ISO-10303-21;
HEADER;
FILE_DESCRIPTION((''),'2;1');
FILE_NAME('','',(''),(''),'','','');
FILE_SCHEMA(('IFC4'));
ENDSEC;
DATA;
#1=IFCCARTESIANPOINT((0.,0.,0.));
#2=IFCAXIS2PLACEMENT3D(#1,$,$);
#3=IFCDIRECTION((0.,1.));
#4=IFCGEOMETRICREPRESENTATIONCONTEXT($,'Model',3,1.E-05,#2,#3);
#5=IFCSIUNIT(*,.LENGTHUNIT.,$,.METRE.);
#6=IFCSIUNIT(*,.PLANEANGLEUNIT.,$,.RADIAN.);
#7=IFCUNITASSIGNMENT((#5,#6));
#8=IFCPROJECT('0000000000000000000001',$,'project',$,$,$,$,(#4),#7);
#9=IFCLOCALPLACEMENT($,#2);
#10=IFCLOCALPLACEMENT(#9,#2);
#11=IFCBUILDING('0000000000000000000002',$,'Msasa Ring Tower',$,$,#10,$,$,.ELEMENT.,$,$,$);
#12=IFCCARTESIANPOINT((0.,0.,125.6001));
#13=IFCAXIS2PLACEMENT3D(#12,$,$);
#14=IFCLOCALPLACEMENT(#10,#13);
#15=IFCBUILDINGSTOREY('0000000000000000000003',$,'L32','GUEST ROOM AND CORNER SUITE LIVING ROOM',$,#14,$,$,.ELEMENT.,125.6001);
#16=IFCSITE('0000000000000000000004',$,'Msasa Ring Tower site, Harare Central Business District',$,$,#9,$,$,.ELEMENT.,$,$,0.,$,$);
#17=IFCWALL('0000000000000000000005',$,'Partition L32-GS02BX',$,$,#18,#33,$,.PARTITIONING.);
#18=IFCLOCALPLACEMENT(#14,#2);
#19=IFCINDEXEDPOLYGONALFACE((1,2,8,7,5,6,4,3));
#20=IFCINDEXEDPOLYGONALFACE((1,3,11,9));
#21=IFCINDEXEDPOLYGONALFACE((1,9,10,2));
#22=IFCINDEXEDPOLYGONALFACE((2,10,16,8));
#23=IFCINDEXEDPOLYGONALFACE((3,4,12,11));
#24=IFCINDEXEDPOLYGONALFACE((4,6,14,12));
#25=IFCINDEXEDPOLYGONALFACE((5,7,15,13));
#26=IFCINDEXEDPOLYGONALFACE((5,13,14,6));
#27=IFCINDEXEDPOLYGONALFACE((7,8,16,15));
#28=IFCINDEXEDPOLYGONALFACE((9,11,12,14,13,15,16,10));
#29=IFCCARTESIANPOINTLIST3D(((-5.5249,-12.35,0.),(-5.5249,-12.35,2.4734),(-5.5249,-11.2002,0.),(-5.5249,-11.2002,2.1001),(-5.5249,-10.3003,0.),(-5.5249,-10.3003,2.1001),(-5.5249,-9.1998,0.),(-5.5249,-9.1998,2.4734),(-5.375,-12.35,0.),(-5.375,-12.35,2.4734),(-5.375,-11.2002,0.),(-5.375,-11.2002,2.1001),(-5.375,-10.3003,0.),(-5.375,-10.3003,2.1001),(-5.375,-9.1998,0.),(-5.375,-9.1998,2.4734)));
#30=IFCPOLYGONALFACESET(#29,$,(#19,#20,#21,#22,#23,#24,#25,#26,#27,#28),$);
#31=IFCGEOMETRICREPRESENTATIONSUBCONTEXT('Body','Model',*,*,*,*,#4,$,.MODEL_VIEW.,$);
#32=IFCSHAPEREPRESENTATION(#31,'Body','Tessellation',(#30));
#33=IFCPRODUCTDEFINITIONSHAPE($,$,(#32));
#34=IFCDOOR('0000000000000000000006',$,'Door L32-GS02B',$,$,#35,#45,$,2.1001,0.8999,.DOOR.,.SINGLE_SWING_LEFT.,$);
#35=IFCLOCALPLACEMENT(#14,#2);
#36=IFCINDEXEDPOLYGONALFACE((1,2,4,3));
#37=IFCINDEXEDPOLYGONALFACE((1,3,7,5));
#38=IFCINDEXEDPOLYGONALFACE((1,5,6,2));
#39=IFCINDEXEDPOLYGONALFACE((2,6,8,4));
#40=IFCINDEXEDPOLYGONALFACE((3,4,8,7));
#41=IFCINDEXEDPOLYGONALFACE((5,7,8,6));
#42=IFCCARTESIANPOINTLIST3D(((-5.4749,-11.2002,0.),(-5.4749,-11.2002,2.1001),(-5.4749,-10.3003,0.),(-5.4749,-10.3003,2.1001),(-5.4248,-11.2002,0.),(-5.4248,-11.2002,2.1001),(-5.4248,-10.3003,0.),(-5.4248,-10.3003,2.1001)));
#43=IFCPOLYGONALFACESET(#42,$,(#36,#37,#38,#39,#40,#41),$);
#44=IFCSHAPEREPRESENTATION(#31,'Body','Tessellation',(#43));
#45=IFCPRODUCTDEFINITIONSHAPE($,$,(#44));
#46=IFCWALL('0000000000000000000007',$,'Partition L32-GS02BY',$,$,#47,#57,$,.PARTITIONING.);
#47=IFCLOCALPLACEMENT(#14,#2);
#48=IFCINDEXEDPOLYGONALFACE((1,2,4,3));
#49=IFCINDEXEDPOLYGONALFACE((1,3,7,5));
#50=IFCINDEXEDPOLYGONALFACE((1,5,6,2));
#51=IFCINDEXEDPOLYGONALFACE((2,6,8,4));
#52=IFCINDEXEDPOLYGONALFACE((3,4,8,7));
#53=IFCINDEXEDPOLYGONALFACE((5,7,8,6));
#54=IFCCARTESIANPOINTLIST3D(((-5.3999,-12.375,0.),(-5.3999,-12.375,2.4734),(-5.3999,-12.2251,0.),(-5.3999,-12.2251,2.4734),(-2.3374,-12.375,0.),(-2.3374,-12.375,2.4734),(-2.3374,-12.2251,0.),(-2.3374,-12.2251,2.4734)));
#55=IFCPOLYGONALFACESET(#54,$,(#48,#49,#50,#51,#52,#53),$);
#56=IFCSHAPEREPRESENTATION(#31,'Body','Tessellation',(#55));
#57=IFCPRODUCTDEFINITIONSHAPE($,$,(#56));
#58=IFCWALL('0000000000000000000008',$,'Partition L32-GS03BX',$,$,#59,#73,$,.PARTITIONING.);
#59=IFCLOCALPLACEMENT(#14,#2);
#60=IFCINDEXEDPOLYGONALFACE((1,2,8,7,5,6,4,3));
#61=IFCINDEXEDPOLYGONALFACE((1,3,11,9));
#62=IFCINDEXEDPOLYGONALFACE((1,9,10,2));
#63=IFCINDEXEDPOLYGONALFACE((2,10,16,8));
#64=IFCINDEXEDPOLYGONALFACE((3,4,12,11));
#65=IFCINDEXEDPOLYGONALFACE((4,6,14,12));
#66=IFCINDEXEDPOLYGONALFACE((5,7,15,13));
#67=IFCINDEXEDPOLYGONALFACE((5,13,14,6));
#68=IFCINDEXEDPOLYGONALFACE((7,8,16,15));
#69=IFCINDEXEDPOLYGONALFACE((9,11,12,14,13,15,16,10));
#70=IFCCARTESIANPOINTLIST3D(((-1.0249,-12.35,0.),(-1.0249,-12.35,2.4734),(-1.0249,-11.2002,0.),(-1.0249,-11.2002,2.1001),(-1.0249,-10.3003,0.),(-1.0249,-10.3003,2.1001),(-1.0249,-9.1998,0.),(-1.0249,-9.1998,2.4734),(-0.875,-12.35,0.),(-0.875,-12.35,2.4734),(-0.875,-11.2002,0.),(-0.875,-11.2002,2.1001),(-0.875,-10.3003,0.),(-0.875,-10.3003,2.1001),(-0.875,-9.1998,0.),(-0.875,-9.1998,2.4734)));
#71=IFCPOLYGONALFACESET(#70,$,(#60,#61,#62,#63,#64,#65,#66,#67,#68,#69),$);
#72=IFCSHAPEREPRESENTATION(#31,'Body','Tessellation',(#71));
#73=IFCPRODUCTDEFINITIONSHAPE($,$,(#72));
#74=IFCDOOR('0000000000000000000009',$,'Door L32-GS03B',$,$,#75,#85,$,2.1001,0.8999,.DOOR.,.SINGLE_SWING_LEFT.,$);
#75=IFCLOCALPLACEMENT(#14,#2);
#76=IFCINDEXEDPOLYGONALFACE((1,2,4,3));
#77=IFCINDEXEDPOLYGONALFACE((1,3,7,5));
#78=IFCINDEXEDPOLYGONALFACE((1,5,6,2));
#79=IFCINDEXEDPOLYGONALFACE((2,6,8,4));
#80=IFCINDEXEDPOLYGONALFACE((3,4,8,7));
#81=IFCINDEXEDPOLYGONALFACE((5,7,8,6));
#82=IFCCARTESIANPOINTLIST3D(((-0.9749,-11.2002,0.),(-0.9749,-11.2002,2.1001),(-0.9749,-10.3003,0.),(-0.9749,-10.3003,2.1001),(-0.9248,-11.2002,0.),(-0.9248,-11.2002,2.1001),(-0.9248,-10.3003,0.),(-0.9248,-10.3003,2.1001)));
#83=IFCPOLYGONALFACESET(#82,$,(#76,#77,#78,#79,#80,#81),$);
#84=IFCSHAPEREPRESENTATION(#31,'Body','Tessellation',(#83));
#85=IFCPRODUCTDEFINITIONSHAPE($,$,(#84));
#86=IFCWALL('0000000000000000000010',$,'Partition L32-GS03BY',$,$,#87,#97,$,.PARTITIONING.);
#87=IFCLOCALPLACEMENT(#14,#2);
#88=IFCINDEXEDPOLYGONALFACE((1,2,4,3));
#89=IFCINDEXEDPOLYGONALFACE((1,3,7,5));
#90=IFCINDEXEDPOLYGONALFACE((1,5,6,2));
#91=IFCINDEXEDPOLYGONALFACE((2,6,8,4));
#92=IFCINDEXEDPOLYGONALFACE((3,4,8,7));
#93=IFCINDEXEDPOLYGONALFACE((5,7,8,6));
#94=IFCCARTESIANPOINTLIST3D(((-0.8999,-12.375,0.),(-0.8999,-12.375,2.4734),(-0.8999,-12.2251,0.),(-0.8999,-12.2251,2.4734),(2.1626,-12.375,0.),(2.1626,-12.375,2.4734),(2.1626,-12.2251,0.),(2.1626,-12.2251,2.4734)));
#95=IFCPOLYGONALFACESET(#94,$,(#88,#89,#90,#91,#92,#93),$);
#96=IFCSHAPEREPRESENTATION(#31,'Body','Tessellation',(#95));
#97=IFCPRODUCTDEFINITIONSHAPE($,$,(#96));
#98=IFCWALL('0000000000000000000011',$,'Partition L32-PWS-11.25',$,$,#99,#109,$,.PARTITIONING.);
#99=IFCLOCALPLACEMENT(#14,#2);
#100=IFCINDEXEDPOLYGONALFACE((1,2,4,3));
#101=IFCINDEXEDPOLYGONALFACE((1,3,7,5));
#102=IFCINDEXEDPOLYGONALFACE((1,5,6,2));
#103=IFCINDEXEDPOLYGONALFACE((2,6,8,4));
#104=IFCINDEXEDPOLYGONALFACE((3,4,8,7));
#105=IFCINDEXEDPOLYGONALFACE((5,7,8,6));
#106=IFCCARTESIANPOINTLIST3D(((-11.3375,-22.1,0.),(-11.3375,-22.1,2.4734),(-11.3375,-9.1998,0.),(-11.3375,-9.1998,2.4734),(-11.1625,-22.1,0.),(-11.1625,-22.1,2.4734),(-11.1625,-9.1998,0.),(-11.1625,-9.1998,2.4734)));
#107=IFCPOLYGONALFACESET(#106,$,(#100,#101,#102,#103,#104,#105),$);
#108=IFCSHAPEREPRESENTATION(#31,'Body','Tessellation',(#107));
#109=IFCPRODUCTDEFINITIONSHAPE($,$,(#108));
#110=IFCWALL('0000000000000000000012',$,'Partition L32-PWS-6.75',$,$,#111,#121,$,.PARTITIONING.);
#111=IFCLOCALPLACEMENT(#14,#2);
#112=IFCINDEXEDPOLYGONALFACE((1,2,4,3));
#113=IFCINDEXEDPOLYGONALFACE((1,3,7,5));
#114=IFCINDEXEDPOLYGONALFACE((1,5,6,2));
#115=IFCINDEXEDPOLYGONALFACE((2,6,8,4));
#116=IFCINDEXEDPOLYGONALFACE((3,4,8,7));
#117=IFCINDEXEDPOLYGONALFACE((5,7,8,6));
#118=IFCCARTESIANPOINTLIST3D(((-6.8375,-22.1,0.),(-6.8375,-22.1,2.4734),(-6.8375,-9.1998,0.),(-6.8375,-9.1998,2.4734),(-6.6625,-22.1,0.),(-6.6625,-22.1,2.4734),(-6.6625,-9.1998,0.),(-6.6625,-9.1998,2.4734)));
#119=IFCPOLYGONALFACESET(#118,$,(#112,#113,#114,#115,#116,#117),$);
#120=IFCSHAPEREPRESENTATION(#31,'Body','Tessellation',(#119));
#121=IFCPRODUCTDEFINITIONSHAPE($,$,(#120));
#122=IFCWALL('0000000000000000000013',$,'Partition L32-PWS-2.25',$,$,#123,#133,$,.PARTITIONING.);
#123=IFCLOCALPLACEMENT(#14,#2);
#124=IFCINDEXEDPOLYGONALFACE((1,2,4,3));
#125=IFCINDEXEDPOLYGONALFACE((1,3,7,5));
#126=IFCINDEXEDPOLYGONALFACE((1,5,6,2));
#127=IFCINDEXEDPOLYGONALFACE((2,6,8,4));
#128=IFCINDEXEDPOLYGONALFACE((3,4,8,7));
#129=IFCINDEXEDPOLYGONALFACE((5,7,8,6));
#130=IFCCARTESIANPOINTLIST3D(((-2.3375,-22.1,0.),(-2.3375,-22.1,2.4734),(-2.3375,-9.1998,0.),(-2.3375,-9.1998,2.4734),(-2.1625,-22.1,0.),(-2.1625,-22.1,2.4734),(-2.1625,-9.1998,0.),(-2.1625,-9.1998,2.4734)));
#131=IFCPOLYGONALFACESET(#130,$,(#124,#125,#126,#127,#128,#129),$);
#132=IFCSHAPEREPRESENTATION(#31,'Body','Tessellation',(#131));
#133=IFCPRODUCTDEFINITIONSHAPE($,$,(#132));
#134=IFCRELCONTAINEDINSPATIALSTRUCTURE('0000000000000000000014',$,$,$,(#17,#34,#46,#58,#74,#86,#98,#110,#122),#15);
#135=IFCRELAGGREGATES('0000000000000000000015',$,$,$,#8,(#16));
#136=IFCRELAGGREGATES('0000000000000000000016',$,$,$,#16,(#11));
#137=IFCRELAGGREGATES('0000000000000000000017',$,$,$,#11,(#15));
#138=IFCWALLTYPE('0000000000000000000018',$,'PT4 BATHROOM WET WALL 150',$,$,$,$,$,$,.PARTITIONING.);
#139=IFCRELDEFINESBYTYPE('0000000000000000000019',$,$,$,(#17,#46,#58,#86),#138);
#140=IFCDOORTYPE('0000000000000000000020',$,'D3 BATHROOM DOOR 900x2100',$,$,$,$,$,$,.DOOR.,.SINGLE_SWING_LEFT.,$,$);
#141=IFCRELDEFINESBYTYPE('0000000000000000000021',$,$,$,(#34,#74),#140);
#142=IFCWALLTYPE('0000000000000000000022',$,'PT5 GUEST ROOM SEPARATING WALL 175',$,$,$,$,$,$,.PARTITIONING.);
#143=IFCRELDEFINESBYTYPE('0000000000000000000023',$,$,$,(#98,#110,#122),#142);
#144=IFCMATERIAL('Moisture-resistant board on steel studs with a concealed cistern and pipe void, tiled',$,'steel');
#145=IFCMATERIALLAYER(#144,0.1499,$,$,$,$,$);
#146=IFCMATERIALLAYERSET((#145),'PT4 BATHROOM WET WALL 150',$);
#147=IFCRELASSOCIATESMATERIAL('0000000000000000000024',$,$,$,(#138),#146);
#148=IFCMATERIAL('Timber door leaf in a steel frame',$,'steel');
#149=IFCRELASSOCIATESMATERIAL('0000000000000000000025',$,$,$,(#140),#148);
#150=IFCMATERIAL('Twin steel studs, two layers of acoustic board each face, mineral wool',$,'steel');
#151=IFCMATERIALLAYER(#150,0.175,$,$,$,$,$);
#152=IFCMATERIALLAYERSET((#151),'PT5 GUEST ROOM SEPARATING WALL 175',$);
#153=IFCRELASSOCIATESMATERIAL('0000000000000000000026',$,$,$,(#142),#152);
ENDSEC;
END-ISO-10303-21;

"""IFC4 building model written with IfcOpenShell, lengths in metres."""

from ifc_helpers import new_model, si_unit, direction, frame, frame_2d, origin, place, context, subcontext, project, spatial, rectangle, extrude, material, layer, layer_set, type_object, element, fill, save


model = new_model("IFC4")

# Units and contexts
model_context = context("Model", 3, precision=1e-05, world=origin(), true_north=direction((0.0, 1.0)))
body_context = subcontext(model_context, "Body", "Model", "MODEL_VIEW")
ifc_project = project(units=[si_unit("LENGTHUNIT", "METRE"), si_unit("PLANEANGLEUNIT", "RADIAN")], contexts=[model_context])

# Site, building, storey
site_placement = place(None, origin())
site = spatial("IfcSite", under=ifc_project, at=site_placement, Name="Msasa Ring Tower site, Harare Central Business District", CompositionType="ELEMENT", RefElevation=0.0)
building_placement = place(site_placement, origin())
building = spatial("IfcBuilding", under=site, at=building_placement, Name="Msasa Ring Tower", CompositionType="ELEMENT")
storey_placement = place(building_placement, frame((0.0, 0.0, 125.6001)))
storey = spatial("IfcBuildingStorey", under=building, at=storey_placement, Name="L32", Description="GUEST ROOM AND CORNER SUITE LIVING ROOM", CompositionType="ELEMENT", Elevation=125.6001)

# Shared definitions
ifc_material_1 = material(Name="Moisture-resistant board on steel studs with a concealed cistern and pipe void, tiled", Category="steel")
ifc_layer_1 = layer(ifc_material_1, 0.1499)
ifc_layer_set_1 = layer_set([ifc_layer_1], Name="PT4 BATHROOM WET WALL 150")
wall_type_1 = type_object("IfcWallType", Name="PT4 BATHROOM WET WALL 150", PredefinedType="PARTITIONING", material=ifc_layer_set_1)
ifc_material_2 = material(Name="Timber door leaf in a steel frame", Category="steel")
door_type = type_object("IfcDoorType", Name="D3 BATHROOM DOOR 900x2100", OperationType="SINGLE_SWING_LEFT", PredefinedType="DOOR", material=ifc_material_2)

# Wall, opening, door
wall_1_placement = place(storey_placement, frame((-5.45, -12.3501, 0.0), z_axis=(0.0, 0.0, 1.0), x_axis=(0.0, 1.0, 0.0)))
wall_1 = element("IfcWall", 1, at=wall_1_placement, inside=storey, type_object=wall_type_1, Name="Partition L32-GS02BX", PredefinedType="PARTITIONING", context=body_context, shape_type="SweptSolid", body=[
    extrude(rectangle(XDim=3.1501, YDim=0.1499, at=frame_2d((1.5752, 0.0))), origin(), (0.0, 0.0, 1.0), 2.4734),
])
opening_1_placement = place(wall_1_placement, frame((1.1499, 0.0, 0.0)))
opening_1 = element("IfcOpeningElement", 2, at=opening_1_placement, cuts=wall_1, PredefinedType="OPENING", context=body_context, shape_type="SweptSolid", body=[
    extrude(rectangle(XDim=0.8999, YDim=2.1001, at=frame_2d((0.45, 1.05))), frame((0.0, 0.085, 0.0), z_axis=(0.0, -1.0, 0.0), x_axis=(1.0, 0.0, 0.0)), (0.0, 0.0, 1.0), 0.1699),
])
door_1_placement = place(opening_1_placement, origin())
door_1 = element("IfcDoor", 3, at=door_1_placement, inside=storey, type_object=door_type, Name="Door L32-GS02B", OperationType="SINGLE_SWING_LEFT", OverallHeight=2.1001, OverallWidth=0.8999, PredefinedType="DOOR", context=body_context, shape_type="SweptSolid", body=[
    extrude(rectangle(XDim=0.8999, YDim=2.1001, at=frame_2d((0.45, 1.05))), frame((0.0, 0.0249, 0.0), z_axis=(0.0, -1.0, 0.0), x_axis=(1.0, 0.0, 0.0)), (0.0, 0.0, 1.0), 0.05),
])
fill(opening_1, door_1)

# Wall
wall_2_placement = place(storey_placement, frame((-5.3999, -12.3, 0.0), z_axis=(0.0, 0.0, 1.0), x_axis=(1.0, 0.0, 0.0)))
element("IfcWall", 4, at=wall_2_placement, inside=storey, type_object=wall_type_1, Name="Partition L32-GS02BY", PredefinedType="PARTITIONING", context=body_context, shape_type="SweptSolid", body=[
    extrude(rectangle(XDim=3.0625, YDim=0.1499, at=frame_2d((1.5312, 0.0))), origin(), (0.0, 0.0, 1.0), 2.4734),
])

# Wall, opening, door
wall_3_placement = place(storey_placement, frame((-0.95, -12.3501, 0.0), z_axis=(0.0, 0.0, 1.0), x_axis=(0.0, 1.0, 0.0)))
wall_3 = element("IfcWall", 5, at=wall_3_placement, inside=storey, type_object=wall_type_1, Name="Partition L32-GS03BX", PredefinedType="PARTITIONING", context=body_context, shape_type="SweptSolid", body=[
    extrude(rectangle(XDim=3.1501, YDim=0.1499, at=frame_2d((1.5752, 0.0))), origin(), (0.0, 0.0, 1.0), 2.4734),
])
opening_2_placement = place(wall_3_placement, frame((1.1499, 0.0, 0.0)))
opening_2 = element("IfcOpeningElement", 6, at=opening_2_placement, cuts=wall_3, PredefinedType="OPENING", context=body_context, shape_type="SweptSolid", body=[
    extrude(rectangle(XDim=0.8999, YDim=2.1001, at=frame_2d((0.45, 1.05))), frame((0.0, 0.085, 0.0), z_axis=(0.0, -1.0, 0.0), x_axis=(1.0, 0.0, 0.0)), (0.0, 0.0, 1.0), 0.1699),
])
door_2_placement = place(opening_2_placement, origin())
door_2 = element("IfcDoor", 7, at=door_2_placement, inside=storey, type_object=door_type, Name="Door L32-GS03B", OperationType="SINGLE_SWING_LEFT", OverallHeight=2.1001, OverallWidth=0.8999, PredefinedType="DOOR", context=body_context, shape_type="SweptSolid", body=[
    extrude(rectangle(XDim=0.8999, YDim=2.1001, at=frame_2d((0.45, 1.05))), frame((0.0, 0.0249, 0.0), z_axis=(0.0, -1.0, 0.0), x_axis=(1.0, 0.0, 0.0)), (0.0, 0.0, 1.0), 0.05),
])
fill(opening_2, door_2)

# Walls
wall_4_placement = place(storey_placement, frame((-0.8999, -12.3, 0.0), z_axis=(0.0, 0.0, 1.0), x_axis=(1.0, 0.0, 0.0)))
element("IfcWall", 8, at=wall_4_placement, inside=storey, type_object=wall_type_1, Name="Partition L32-GS03BY", PredefinedType="PARTITIONING", context=body_context, shape_type="SweptSolid", body=[
    extrude(rectangle(XDim=3.0625, YDim=0.1499, at=frame_2d((1.5312, 0.0))), origin(), (0.0, 0.0, 1.0), 2.4734),
])
ifc_material_3 = material(Name="Twin steel studs, two layers of acoustic board each face, mineral wool", Category="steel")
ifc_layer_2 = layer(ifc_material_3, 0.175)
ifc_layer_set_2 = layer_set([ifc_layer_2], Name="PT5 GUEST ROOM SEPARATING WALL 175")
wall_type_2 = type_object("IfcWallType", Name="PT5 GUEST ROOM SEPARATING WALL 175", PredefinedType="PARTITIONING", material=ifc_layer_set_2)
for number, where, z_axis, x_axis, name in (
    (9, (-11.25, -22.1001, 0.0), (0.0, 0.0, 1.0), (0.0, 1.0, 0.0), "Partition L32-PWS-11.25"),
    (10, (-6.75, -22.1001, 0.0), (0.0, 0.0, 1.0), (0.0, 1.0, 0.0), "Partition L32-PWS-6.75"),
    (11, (-2.25, -22.1001, 0.0), (0.0, 0.0, 1.0), (0.0, 1.0, 0.0), "Partition L32-PWS-2.25"),
):
    element("IfcWall", number, at=place(storey_placement, frame(where, z_axis=z_axis, x_axis=x_axis)), inside=storey, type_object=wall_type_2, Name=name, PredefinedType="PARTITIONING", context=body_context, shape_type="SweptSolid", body=[
        extrude(rectangle(XDim=12.9001, YDim=0.175, at=frame_2d((6.4502, 0.0))), origin(), (0.0, 0.0, 1.0), 2.4734),
    ])

save(model, "model.ifc")
